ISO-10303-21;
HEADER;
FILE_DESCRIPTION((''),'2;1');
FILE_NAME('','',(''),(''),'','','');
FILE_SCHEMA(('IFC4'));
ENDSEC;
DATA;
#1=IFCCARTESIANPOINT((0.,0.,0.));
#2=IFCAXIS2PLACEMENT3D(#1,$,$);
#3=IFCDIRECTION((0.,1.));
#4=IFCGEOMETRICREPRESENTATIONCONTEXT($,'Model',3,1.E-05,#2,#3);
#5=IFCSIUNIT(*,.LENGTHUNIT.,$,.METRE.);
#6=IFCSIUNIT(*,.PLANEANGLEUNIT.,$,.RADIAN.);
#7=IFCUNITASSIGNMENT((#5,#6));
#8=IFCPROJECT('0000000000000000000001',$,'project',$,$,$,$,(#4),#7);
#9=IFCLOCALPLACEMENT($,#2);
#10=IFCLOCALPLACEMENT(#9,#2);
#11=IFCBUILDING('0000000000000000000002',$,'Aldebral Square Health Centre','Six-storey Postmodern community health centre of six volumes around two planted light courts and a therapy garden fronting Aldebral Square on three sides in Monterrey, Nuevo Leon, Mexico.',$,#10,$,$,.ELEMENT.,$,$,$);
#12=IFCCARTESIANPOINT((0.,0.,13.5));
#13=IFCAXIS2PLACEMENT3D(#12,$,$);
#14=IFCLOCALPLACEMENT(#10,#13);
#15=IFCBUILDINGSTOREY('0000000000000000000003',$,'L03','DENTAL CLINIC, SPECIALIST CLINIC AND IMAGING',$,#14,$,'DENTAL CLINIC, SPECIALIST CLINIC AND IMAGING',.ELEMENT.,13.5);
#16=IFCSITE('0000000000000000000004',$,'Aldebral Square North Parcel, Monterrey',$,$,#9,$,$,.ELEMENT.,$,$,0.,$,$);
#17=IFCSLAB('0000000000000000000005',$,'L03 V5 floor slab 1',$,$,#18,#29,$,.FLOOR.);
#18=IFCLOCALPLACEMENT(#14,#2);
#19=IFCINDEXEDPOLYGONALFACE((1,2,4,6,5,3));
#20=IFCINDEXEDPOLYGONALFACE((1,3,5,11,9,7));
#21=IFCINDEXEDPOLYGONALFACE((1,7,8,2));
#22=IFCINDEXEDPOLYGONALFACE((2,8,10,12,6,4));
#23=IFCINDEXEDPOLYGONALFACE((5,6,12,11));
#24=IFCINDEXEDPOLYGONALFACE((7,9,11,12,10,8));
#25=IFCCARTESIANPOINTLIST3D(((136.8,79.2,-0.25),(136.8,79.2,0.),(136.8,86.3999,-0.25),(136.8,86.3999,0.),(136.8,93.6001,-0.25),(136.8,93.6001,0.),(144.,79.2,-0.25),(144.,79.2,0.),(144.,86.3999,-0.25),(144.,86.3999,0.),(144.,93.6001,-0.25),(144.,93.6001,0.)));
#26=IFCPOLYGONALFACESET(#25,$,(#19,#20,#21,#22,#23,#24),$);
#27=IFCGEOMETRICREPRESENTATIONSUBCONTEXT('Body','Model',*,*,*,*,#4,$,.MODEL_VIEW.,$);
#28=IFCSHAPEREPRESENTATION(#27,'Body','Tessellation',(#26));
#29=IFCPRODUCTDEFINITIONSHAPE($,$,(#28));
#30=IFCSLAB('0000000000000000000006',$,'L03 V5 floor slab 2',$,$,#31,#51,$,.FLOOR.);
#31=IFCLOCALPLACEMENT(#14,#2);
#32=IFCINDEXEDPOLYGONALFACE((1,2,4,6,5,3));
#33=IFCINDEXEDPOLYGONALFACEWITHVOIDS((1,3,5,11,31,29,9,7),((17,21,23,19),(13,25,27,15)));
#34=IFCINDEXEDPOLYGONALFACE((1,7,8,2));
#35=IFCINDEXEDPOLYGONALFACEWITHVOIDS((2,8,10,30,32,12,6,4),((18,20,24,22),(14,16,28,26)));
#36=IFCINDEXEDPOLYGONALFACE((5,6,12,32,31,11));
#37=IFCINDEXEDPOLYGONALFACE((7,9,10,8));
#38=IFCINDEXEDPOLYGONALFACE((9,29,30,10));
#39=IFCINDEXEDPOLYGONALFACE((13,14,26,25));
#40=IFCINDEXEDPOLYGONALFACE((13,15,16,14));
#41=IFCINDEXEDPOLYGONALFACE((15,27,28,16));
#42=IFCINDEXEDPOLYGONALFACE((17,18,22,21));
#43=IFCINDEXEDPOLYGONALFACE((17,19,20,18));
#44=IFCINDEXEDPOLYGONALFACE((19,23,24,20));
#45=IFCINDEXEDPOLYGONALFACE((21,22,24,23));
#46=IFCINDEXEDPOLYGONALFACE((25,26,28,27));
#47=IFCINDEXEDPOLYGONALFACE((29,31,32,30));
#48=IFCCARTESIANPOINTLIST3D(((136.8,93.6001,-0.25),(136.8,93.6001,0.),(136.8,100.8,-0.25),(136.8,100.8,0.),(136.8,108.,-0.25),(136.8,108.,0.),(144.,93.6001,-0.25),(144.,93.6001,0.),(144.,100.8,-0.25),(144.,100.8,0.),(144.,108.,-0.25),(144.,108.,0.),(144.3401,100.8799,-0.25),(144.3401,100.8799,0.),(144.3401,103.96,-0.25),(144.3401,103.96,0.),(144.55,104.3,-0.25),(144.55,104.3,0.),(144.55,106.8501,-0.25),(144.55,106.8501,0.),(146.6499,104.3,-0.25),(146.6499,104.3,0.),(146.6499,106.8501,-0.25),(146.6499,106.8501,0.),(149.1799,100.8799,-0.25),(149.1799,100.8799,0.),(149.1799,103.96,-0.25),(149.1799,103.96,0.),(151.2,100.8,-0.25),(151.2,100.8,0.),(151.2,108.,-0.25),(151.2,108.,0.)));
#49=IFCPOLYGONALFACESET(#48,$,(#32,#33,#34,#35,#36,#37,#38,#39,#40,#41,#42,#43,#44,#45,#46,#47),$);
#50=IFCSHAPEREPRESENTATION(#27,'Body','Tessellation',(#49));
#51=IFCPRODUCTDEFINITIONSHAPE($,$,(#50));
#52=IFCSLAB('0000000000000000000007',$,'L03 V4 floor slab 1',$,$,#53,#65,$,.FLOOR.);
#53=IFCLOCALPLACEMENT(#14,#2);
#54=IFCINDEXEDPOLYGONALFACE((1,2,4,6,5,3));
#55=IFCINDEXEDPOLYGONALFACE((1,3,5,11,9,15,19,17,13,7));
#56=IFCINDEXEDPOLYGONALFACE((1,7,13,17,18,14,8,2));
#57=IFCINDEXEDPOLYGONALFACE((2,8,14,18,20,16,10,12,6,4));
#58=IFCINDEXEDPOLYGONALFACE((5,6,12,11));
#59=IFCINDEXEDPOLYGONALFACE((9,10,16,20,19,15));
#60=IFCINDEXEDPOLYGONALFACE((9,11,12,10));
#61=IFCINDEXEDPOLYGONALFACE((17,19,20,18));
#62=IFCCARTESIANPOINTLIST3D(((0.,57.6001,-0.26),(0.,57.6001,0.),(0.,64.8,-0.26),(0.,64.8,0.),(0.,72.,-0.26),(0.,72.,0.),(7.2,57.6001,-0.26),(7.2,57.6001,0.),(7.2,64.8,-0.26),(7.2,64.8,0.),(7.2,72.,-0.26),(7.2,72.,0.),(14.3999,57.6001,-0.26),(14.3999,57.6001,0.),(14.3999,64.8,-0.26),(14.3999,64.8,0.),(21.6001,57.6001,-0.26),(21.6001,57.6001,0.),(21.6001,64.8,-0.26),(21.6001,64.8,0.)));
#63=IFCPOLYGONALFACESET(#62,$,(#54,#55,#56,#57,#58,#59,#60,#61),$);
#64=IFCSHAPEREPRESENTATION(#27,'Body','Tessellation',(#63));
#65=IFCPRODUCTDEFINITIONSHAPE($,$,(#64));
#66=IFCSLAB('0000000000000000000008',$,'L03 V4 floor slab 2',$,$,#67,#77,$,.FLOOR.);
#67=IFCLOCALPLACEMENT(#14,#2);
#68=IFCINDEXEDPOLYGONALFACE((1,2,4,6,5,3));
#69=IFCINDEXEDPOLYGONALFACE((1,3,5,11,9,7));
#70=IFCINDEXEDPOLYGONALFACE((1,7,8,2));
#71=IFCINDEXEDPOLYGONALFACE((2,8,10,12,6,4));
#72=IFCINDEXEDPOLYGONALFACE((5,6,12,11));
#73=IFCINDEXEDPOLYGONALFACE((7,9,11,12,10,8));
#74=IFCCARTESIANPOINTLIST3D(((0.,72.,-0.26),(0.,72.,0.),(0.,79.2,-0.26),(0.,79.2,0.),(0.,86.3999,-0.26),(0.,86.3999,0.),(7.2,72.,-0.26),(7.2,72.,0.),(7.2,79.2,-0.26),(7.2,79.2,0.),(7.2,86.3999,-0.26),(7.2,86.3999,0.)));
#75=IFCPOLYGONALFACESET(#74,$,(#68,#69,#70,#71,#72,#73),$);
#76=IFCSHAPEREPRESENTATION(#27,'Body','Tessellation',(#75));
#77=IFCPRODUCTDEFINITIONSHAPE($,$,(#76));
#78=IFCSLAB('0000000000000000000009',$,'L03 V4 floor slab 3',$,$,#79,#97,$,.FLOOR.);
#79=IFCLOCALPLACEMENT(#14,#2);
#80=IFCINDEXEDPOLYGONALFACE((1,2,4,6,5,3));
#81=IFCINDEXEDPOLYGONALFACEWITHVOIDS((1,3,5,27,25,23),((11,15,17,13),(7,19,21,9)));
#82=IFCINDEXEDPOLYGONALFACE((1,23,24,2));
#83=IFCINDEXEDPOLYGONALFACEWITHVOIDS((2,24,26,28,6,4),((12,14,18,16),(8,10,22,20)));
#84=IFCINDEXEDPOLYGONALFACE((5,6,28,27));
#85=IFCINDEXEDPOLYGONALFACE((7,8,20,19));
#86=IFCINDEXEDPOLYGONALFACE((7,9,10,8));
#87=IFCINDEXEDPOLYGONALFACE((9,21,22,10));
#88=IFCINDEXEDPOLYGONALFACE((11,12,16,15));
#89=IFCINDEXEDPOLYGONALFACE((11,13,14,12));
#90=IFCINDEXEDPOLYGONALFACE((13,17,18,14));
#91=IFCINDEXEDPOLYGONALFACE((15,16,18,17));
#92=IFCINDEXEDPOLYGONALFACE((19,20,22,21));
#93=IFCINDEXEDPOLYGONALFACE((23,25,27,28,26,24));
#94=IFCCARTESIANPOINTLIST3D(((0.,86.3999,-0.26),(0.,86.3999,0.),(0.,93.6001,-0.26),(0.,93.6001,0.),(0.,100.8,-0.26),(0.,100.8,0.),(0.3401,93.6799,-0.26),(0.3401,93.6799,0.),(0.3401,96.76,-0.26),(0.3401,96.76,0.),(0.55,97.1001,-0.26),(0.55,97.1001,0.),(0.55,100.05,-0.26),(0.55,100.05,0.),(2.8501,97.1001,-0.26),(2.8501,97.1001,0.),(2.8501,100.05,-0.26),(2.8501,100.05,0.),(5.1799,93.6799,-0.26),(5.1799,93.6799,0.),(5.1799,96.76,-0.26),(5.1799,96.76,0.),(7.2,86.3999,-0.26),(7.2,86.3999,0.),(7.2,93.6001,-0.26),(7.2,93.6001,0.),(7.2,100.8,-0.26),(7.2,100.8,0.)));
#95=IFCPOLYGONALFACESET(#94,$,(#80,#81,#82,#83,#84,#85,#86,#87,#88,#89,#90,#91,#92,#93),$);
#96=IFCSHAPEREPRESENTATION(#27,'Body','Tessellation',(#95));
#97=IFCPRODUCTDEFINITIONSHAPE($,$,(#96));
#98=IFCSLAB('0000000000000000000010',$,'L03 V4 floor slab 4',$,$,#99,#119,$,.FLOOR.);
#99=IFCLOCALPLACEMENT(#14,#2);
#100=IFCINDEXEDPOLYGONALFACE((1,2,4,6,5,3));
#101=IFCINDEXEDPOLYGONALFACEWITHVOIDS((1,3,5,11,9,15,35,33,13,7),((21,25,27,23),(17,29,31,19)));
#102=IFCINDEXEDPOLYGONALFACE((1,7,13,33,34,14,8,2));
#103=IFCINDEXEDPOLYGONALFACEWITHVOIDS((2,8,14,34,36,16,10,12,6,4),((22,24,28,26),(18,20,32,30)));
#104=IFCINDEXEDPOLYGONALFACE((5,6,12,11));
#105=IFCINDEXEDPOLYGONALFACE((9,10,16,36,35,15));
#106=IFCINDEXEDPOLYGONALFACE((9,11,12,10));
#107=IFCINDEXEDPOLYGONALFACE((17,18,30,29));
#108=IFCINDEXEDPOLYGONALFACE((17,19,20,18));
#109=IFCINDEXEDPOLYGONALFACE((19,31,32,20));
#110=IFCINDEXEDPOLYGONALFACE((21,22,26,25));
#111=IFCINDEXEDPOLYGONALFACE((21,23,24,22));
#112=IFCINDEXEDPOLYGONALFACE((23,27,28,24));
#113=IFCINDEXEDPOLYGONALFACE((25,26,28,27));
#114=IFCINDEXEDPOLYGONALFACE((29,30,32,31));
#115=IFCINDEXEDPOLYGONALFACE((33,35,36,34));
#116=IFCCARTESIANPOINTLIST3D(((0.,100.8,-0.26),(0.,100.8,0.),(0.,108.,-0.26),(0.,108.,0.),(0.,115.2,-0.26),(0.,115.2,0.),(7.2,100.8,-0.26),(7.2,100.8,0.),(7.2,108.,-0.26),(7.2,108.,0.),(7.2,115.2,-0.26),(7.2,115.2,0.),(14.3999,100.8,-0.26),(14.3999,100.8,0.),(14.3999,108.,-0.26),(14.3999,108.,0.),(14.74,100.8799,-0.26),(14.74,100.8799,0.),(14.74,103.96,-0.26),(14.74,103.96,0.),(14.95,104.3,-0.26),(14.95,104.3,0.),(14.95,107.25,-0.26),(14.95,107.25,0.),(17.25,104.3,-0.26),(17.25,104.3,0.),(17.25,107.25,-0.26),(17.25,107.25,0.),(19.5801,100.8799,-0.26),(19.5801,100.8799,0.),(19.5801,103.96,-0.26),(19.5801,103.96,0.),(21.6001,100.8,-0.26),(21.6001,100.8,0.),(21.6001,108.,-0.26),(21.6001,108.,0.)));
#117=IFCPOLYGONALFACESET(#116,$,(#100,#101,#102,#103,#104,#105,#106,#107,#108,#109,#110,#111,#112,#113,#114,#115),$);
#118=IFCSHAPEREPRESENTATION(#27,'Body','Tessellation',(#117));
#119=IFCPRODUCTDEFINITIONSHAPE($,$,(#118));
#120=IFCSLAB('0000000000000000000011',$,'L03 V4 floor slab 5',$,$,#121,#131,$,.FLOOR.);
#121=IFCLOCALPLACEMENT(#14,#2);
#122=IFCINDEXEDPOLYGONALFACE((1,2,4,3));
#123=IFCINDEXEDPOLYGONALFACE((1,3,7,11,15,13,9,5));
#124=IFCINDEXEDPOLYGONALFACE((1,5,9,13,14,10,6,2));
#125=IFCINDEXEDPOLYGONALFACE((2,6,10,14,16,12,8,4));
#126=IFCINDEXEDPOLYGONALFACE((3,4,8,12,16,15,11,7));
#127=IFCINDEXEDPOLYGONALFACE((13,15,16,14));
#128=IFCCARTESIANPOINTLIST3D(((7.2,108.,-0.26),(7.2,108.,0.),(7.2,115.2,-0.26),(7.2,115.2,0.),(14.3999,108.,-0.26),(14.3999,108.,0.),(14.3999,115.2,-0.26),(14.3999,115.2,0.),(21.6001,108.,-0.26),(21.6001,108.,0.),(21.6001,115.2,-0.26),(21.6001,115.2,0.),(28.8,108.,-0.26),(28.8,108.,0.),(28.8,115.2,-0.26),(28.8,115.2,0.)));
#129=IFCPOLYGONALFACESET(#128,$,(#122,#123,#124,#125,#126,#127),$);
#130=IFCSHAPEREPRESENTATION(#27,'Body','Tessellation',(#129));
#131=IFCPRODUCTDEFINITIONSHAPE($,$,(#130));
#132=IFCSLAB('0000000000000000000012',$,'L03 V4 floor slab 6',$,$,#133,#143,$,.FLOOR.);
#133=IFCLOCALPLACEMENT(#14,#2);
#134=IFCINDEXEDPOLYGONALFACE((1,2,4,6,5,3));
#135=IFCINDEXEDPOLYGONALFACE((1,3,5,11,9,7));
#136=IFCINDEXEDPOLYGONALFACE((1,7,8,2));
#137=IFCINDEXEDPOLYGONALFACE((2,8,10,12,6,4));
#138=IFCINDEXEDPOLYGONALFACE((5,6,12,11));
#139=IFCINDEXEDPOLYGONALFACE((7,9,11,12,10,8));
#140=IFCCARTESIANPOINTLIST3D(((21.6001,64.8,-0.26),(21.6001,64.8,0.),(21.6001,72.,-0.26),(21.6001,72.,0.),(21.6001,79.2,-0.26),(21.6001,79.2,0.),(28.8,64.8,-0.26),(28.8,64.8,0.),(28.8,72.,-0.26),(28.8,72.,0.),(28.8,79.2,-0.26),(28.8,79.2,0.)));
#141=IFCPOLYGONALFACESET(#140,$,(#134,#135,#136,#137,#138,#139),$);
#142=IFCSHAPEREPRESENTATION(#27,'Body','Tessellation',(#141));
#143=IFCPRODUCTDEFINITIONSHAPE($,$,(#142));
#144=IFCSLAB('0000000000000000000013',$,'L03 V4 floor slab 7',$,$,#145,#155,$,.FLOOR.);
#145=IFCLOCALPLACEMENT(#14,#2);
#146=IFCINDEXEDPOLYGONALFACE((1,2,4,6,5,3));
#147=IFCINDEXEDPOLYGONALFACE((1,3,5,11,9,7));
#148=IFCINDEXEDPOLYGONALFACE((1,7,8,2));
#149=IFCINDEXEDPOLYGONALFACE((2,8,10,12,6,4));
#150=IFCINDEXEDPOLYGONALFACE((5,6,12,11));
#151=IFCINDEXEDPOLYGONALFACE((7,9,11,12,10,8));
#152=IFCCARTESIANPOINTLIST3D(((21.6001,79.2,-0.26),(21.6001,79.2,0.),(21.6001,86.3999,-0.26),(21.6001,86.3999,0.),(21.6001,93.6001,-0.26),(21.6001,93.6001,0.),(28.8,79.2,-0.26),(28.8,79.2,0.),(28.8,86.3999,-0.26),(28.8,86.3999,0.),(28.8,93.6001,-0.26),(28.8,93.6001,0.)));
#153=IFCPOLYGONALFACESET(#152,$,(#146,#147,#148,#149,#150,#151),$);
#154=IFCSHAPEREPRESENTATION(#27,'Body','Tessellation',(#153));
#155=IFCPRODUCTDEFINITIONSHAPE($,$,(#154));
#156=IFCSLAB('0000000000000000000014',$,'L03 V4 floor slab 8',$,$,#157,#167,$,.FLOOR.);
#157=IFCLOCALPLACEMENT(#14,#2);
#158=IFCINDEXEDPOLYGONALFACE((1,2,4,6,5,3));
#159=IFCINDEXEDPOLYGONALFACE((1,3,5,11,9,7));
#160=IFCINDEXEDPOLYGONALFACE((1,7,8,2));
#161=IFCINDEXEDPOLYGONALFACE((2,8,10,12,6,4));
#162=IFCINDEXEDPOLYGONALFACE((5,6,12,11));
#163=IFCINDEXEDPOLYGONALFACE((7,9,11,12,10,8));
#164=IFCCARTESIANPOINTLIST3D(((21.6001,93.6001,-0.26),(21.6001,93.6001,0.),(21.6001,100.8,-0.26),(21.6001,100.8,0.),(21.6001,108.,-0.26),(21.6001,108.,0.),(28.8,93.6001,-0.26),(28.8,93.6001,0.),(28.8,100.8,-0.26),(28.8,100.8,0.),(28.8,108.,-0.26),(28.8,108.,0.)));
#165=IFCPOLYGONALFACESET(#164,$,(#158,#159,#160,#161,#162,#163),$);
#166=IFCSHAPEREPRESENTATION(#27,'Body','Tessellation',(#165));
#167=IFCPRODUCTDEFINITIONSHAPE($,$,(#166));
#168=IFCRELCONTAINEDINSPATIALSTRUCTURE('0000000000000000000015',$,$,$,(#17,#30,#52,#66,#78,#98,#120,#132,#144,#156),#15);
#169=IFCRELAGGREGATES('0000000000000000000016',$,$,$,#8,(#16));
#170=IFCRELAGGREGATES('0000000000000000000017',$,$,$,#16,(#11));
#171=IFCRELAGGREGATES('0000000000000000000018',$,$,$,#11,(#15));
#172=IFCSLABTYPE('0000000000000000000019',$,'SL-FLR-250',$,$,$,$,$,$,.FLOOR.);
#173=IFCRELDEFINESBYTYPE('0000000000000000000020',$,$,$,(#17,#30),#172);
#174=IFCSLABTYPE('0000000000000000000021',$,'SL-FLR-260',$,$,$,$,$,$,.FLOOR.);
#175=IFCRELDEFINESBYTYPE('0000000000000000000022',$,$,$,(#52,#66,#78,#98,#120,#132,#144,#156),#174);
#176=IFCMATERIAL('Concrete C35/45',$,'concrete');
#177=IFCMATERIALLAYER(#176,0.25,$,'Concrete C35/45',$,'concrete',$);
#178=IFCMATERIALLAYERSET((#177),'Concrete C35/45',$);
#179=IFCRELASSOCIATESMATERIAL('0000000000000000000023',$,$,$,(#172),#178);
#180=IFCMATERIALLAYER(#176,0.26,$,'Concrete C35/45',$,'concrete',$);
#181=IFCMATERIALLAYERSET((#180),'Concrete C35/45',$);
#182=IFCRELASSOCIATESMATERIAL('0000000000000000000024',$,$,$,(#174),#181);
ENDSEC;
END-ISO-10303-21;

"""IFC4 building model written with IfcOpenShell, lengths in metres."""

from ifc_helpers import new_model, si_unit, direction, frame, origin, place, context, subcontext, project, spatial, polyline, outline, extrude, material, layer, layer_set, type_object, element, save


model = new_model("IFC4")

# Units and contexts
model_context = context("Model", 3, precision=1e-05, world=origin(), true_north=direction((0.0, 1.0)))
body_context = subcontext(model_context, "Body", "Model", "MODEL_VIEW")
ifc_project = project(units=[si_unit("LENGTHUNIT", "METRE"), si_unit("PLANEANGLEUNIT", "RADIAN")], contexts=[model_context])

# Site, building, storey
site_placement = place(None, origin())
site = spatial("IfcSite", under=ifc_project, at=site_placement, Name="Aldebral Square North Parcel, Monterrey", CompositionType="ELEMENT", RefElevation=0.0)
building_placement = place(site_placement, origin())
building = spatial("IfcBuilding", under=site, at=building_placement, Name="Aldebral Square Health Centre", Description="Six-storey Postmodern community health centre of six volumes around two planted light courts and a therapy garden fronting Aldebral Square on three sides in Monterrey, Nuevo Leon, Mexico.", CompositionType="ELEMENT")
storey_placement = place(building_placement, frame((0.0, 0.0, 13.5)))
storey = spatial("IfcBuildingStorey", under=building, at=storey_placement, Name="L03", Description="DENTAL CLINIC, SPECIALIST CLINIC AND IMAGING", LongName="DENTAL CLINIC, SPECIALIST CLINIC AND IMAGING", CompositionType="ELEMENT", Elevation=13.5)

# Slabs
ifc_material = material(Name="Concrete C35/45", Category="concrete")
ifc_layer_1 = layer(ifc_material, 0.25, Name="Concrete C35/45", Category="concrete")
ifc_layer_set_1 = layer_set([ifc_layer_1], Name="Concrete C35/45")
slab_type_1 = type_object("IfcSlabType", Name="SL-FLR-250", PredefinedType="FLOOR", material=ifc_layer_set_1)
slab_1_placement = place(storey_placement, frame((0.0, 0.0, -0.25)))
element("IfcSlab", 1, at=slab_1_placement, inside=storey, type_object=slab_type_1, Name="L03 V5 floor slab 1", PredefinedType="FLOOR", context=body_context, shape_type="SweptSolid", body=[
    extrude(outline(polyline([(136.8, 79.2), (136.8, 86.3999), (136.8, 93.6001), (144.0, 93.6001), (144.0, 86.3999), (144.0, 79.2), (136.8, 79.2)])), origin(), (0.0, 0.0, 1.0), 0.25),
])
slab_2_placement = place(storey_placement, frame((0.0, 0.0, -0.25)))
element("IfcSlab", 2, at=slab_2_placement, inside=storey, type_object=slab_type_1, Name="L03 V5 floor slab 2", PredefinedType="FLOOR", context=body_context, shape_type="SweptSolid", body=[
    extrude(outline(polyline([(136.8, 93.6001), (136.8, 100.8), (136.8, 108.0), (144.0, 108.0), (151.2, 108.0), (151.2, 100.8), (144.0, 100.8), (144.0, 93.6001), (136.8, 93.6001)]), holes=[polyline([(144.3401, 103.96), (144.3401, 100.8799), (149.1799, 100.8799), (149.1799, 103.96), (144.3401, 103.96)]), polyline([(146.6499, 106.8501), (144.55, 106.8501), (144.55, 104.3), (146.6499, 104.3), (146.6499, 106.8501)])]), origin(), (0.0, 0.0, 1.0), 0.25),
])
ifc_layer_2 = layer(ifc_material, 0.26, Name="Concrete C35/45", Category="concrete")
ifc_layer_set_2 = layer_set([ifc_layer_2], Name="Concrete C35/45")
slab_type_2 = type_object("IfcSlabType", Name="SL-FLR-260", PredefinedType="FLOOR", material=ifc_layer_set_2)
slab_3_placement = place(storey_placement, frame((0.0, 0.0, -0.26)))
element("IfcSlab", 3, at=slab_3_placement, inside=storey, type_object=slab_type_2, Name="L03 V4 floor slab 1", PredefinedType="FLOOR", context=body_context, shape_type="SweptSolid", body=[
    extrude(outline(polyline([(0.0, 72.0), (7.2, 72.0), (7.2, 64.8), (14.3999, 64.8), (21.6001, 64.8), (21.6001, 57.6001), (14.3999, 57.6001), (7.2, 57.6001), (0.0, 57.6001), (0.0, 64.8), (0.0, 72.0)])), origin(), (0.0, 0.0, 1.0), 0.26),
])
slab_4_placement = place(storey_placement, frame((0.0, 0.0, -0.26)))
element("IfcSlab", 4, at=slab_4_placement, inside=storey, type_object=slab_type_2, Name="L03 V4 floor slab 2", PredefinedType="FLOOR", context=body_context, shape_type="SweptSolid", body=[
    extrude(outline(polyline([(0.0, 72.0), (0.0, 79.2), (0.0, 86.3999), (7.2, 86.3999), (7.2, 79.2), (7.2, 72.0), (0.0, 72.0)])), origin(), (0.0, 0.0, 1.0), 0.26),
])
slab_5_placement = place(storey_placement, frame((0.0, 0.0, -0.26)))
element("IfcSlab", 5, at=slab_5_placement, inside=storey, type_object=slab_type_2, Name="L03 V4 floor slab 3", PredefinedType="FLOOR", context=body_context, shape_type="SweptSolid", body=[
    extrude(outline(polyline([(0.0, 86.3999), (0.0, 93.6001), (0.0, 100.8), (7.2, 100.8), (7.2, 93.6001), (7.2, 86.3999), (0.0, 86.3999)]), holes=[polyline([(0.3401, 96.76), (0.3401, 93.6799), (5.1799, 93.6799), (5.1799, 96.76), (0.3401, 96.76)]), polyline([(0.55, 100.05), (0.55, 97.1001), (2.8501, 97.1001), (2.8501, 100.05), (0.55, 100.05)])]), origin(), (0.0, 0.0, 1.0), 0.26),
])
slab_6_placement = place(storey_placement, frame((0.0, 0.0, -0.26)))
element("IfcSlab", 6, at=slab_6_placement, inside=storey, type_object=slab_type_2, Name="L03 V4 floor slab 4", PredefinedType="FLOOR", context=body_context, shape_type="SweptSolid", body=[
    extrude(outline(polyline([(0.0, 115.2), (7.2, 115.2), (7.2, 108.0), (14.3999, 108.0), (21.6001, 108.0), (21.6001, 100.8), (14.3999, 100.8), (7.2, 100.8), (0.0, 100.8), (0.0, 108.0), (0.0, 115.2)]), holes=[polyline([(14.74, 103.96), (14.74, 100.8799), (19.5801, 100.8799), (19.5801, 103.96), (14.74, 103.96)]), polyline([(17.25, 107.25), (14.95, 107.25), (14.95, 104.3), (17.25, 104.3), (17.25, 107.25)])]), origin(), (0.0, 0.0, 1.0), 0.26),
])
slab_7_placement = place(storey_placement, frame((0.0, 0.0, -0.26)))
element("IfcSlab", 7, at=slab_7_placement, inside=storey, type_object=slab_type_2, Name="L03 V4 floor slab 5", PredefinedType="FLOOR", context=body_context, shape_type="SweptSolid", body=[
    extrude(outline(polyline([(7.2, 115.2), (14.3999, 115.2), (21.6001, 115.2), (28.8, 115.2), (28.8, 108.0), (21.6001, 108.0), (14.3999, 108.0), (7.2, 108.0), (7.2, 115.2)])), origin(), (0.0, 0.0, 1.0), 0.26),
])
slab_8_placement = place(storey_placement, frame((0.0, 0.0, -0.26)))
element("IfcSlab", 8, at=slab_8_placement, inside=storey, type_object=slab_type_2, Name="L03 V4 floor slab 6", PredefinedType="FLOOR", context=body_context, shape_type="SweptSolid", body=[
    extrude(outline(polyline([(21.6001, 64.8), (21.6001, 72.0), (21.6001, 79.2), (28.8, 79.2), (28.8, 72.0), (28.8, 64.8), (21.6001, 64.8)])), origin(), (0.0, 0.0, 1.0), 0.26),
])
slab_9_placement = place(storey_placement, frame((0.0, 0.0, -0.26)))
element("IfcSlab", 9, at=slab_9_placement, inside=storey, type_object=slab_type_2, Name="L03 V4 floor slab 7", PredefinedType="FLOOR", context=body_context, shape_type="SweptSolid", body=[
    extrude(outline(polyline([(21.6001, 79.2), (21.6001, 86.3999), (21.6001, 93.6001), (28.8, 93.6001), (28.8, 86.3999), (28.8, 79.2), (21.6001, 79.2)])), origin(), (0.0, 0.0, 1.0), 0.26),
])
slab_10_placement = place(storey_placement, frame((0.0, 0.0, -0.26)))
element("IfcSlab", 10, at=slab_10_placement, inside=storey, type_object=slab_type_2, Name="L03 V4 floor slab 8", PredefinedType="FLOOR", context=body_context, shape_type="SweptSolid", body=[
    extrude(outline(polyline([(21.6001, 93.6001), (21.6001, 100.8), (21.6001, 108.0), (28.8, 108.0), (28.8, 100.8), (28.8, 93.6001), (21.6001, 93.6001)])), origin(), (0.0, 0.0, 1.0), 0.26),
])

save(model, "model.ifc")
